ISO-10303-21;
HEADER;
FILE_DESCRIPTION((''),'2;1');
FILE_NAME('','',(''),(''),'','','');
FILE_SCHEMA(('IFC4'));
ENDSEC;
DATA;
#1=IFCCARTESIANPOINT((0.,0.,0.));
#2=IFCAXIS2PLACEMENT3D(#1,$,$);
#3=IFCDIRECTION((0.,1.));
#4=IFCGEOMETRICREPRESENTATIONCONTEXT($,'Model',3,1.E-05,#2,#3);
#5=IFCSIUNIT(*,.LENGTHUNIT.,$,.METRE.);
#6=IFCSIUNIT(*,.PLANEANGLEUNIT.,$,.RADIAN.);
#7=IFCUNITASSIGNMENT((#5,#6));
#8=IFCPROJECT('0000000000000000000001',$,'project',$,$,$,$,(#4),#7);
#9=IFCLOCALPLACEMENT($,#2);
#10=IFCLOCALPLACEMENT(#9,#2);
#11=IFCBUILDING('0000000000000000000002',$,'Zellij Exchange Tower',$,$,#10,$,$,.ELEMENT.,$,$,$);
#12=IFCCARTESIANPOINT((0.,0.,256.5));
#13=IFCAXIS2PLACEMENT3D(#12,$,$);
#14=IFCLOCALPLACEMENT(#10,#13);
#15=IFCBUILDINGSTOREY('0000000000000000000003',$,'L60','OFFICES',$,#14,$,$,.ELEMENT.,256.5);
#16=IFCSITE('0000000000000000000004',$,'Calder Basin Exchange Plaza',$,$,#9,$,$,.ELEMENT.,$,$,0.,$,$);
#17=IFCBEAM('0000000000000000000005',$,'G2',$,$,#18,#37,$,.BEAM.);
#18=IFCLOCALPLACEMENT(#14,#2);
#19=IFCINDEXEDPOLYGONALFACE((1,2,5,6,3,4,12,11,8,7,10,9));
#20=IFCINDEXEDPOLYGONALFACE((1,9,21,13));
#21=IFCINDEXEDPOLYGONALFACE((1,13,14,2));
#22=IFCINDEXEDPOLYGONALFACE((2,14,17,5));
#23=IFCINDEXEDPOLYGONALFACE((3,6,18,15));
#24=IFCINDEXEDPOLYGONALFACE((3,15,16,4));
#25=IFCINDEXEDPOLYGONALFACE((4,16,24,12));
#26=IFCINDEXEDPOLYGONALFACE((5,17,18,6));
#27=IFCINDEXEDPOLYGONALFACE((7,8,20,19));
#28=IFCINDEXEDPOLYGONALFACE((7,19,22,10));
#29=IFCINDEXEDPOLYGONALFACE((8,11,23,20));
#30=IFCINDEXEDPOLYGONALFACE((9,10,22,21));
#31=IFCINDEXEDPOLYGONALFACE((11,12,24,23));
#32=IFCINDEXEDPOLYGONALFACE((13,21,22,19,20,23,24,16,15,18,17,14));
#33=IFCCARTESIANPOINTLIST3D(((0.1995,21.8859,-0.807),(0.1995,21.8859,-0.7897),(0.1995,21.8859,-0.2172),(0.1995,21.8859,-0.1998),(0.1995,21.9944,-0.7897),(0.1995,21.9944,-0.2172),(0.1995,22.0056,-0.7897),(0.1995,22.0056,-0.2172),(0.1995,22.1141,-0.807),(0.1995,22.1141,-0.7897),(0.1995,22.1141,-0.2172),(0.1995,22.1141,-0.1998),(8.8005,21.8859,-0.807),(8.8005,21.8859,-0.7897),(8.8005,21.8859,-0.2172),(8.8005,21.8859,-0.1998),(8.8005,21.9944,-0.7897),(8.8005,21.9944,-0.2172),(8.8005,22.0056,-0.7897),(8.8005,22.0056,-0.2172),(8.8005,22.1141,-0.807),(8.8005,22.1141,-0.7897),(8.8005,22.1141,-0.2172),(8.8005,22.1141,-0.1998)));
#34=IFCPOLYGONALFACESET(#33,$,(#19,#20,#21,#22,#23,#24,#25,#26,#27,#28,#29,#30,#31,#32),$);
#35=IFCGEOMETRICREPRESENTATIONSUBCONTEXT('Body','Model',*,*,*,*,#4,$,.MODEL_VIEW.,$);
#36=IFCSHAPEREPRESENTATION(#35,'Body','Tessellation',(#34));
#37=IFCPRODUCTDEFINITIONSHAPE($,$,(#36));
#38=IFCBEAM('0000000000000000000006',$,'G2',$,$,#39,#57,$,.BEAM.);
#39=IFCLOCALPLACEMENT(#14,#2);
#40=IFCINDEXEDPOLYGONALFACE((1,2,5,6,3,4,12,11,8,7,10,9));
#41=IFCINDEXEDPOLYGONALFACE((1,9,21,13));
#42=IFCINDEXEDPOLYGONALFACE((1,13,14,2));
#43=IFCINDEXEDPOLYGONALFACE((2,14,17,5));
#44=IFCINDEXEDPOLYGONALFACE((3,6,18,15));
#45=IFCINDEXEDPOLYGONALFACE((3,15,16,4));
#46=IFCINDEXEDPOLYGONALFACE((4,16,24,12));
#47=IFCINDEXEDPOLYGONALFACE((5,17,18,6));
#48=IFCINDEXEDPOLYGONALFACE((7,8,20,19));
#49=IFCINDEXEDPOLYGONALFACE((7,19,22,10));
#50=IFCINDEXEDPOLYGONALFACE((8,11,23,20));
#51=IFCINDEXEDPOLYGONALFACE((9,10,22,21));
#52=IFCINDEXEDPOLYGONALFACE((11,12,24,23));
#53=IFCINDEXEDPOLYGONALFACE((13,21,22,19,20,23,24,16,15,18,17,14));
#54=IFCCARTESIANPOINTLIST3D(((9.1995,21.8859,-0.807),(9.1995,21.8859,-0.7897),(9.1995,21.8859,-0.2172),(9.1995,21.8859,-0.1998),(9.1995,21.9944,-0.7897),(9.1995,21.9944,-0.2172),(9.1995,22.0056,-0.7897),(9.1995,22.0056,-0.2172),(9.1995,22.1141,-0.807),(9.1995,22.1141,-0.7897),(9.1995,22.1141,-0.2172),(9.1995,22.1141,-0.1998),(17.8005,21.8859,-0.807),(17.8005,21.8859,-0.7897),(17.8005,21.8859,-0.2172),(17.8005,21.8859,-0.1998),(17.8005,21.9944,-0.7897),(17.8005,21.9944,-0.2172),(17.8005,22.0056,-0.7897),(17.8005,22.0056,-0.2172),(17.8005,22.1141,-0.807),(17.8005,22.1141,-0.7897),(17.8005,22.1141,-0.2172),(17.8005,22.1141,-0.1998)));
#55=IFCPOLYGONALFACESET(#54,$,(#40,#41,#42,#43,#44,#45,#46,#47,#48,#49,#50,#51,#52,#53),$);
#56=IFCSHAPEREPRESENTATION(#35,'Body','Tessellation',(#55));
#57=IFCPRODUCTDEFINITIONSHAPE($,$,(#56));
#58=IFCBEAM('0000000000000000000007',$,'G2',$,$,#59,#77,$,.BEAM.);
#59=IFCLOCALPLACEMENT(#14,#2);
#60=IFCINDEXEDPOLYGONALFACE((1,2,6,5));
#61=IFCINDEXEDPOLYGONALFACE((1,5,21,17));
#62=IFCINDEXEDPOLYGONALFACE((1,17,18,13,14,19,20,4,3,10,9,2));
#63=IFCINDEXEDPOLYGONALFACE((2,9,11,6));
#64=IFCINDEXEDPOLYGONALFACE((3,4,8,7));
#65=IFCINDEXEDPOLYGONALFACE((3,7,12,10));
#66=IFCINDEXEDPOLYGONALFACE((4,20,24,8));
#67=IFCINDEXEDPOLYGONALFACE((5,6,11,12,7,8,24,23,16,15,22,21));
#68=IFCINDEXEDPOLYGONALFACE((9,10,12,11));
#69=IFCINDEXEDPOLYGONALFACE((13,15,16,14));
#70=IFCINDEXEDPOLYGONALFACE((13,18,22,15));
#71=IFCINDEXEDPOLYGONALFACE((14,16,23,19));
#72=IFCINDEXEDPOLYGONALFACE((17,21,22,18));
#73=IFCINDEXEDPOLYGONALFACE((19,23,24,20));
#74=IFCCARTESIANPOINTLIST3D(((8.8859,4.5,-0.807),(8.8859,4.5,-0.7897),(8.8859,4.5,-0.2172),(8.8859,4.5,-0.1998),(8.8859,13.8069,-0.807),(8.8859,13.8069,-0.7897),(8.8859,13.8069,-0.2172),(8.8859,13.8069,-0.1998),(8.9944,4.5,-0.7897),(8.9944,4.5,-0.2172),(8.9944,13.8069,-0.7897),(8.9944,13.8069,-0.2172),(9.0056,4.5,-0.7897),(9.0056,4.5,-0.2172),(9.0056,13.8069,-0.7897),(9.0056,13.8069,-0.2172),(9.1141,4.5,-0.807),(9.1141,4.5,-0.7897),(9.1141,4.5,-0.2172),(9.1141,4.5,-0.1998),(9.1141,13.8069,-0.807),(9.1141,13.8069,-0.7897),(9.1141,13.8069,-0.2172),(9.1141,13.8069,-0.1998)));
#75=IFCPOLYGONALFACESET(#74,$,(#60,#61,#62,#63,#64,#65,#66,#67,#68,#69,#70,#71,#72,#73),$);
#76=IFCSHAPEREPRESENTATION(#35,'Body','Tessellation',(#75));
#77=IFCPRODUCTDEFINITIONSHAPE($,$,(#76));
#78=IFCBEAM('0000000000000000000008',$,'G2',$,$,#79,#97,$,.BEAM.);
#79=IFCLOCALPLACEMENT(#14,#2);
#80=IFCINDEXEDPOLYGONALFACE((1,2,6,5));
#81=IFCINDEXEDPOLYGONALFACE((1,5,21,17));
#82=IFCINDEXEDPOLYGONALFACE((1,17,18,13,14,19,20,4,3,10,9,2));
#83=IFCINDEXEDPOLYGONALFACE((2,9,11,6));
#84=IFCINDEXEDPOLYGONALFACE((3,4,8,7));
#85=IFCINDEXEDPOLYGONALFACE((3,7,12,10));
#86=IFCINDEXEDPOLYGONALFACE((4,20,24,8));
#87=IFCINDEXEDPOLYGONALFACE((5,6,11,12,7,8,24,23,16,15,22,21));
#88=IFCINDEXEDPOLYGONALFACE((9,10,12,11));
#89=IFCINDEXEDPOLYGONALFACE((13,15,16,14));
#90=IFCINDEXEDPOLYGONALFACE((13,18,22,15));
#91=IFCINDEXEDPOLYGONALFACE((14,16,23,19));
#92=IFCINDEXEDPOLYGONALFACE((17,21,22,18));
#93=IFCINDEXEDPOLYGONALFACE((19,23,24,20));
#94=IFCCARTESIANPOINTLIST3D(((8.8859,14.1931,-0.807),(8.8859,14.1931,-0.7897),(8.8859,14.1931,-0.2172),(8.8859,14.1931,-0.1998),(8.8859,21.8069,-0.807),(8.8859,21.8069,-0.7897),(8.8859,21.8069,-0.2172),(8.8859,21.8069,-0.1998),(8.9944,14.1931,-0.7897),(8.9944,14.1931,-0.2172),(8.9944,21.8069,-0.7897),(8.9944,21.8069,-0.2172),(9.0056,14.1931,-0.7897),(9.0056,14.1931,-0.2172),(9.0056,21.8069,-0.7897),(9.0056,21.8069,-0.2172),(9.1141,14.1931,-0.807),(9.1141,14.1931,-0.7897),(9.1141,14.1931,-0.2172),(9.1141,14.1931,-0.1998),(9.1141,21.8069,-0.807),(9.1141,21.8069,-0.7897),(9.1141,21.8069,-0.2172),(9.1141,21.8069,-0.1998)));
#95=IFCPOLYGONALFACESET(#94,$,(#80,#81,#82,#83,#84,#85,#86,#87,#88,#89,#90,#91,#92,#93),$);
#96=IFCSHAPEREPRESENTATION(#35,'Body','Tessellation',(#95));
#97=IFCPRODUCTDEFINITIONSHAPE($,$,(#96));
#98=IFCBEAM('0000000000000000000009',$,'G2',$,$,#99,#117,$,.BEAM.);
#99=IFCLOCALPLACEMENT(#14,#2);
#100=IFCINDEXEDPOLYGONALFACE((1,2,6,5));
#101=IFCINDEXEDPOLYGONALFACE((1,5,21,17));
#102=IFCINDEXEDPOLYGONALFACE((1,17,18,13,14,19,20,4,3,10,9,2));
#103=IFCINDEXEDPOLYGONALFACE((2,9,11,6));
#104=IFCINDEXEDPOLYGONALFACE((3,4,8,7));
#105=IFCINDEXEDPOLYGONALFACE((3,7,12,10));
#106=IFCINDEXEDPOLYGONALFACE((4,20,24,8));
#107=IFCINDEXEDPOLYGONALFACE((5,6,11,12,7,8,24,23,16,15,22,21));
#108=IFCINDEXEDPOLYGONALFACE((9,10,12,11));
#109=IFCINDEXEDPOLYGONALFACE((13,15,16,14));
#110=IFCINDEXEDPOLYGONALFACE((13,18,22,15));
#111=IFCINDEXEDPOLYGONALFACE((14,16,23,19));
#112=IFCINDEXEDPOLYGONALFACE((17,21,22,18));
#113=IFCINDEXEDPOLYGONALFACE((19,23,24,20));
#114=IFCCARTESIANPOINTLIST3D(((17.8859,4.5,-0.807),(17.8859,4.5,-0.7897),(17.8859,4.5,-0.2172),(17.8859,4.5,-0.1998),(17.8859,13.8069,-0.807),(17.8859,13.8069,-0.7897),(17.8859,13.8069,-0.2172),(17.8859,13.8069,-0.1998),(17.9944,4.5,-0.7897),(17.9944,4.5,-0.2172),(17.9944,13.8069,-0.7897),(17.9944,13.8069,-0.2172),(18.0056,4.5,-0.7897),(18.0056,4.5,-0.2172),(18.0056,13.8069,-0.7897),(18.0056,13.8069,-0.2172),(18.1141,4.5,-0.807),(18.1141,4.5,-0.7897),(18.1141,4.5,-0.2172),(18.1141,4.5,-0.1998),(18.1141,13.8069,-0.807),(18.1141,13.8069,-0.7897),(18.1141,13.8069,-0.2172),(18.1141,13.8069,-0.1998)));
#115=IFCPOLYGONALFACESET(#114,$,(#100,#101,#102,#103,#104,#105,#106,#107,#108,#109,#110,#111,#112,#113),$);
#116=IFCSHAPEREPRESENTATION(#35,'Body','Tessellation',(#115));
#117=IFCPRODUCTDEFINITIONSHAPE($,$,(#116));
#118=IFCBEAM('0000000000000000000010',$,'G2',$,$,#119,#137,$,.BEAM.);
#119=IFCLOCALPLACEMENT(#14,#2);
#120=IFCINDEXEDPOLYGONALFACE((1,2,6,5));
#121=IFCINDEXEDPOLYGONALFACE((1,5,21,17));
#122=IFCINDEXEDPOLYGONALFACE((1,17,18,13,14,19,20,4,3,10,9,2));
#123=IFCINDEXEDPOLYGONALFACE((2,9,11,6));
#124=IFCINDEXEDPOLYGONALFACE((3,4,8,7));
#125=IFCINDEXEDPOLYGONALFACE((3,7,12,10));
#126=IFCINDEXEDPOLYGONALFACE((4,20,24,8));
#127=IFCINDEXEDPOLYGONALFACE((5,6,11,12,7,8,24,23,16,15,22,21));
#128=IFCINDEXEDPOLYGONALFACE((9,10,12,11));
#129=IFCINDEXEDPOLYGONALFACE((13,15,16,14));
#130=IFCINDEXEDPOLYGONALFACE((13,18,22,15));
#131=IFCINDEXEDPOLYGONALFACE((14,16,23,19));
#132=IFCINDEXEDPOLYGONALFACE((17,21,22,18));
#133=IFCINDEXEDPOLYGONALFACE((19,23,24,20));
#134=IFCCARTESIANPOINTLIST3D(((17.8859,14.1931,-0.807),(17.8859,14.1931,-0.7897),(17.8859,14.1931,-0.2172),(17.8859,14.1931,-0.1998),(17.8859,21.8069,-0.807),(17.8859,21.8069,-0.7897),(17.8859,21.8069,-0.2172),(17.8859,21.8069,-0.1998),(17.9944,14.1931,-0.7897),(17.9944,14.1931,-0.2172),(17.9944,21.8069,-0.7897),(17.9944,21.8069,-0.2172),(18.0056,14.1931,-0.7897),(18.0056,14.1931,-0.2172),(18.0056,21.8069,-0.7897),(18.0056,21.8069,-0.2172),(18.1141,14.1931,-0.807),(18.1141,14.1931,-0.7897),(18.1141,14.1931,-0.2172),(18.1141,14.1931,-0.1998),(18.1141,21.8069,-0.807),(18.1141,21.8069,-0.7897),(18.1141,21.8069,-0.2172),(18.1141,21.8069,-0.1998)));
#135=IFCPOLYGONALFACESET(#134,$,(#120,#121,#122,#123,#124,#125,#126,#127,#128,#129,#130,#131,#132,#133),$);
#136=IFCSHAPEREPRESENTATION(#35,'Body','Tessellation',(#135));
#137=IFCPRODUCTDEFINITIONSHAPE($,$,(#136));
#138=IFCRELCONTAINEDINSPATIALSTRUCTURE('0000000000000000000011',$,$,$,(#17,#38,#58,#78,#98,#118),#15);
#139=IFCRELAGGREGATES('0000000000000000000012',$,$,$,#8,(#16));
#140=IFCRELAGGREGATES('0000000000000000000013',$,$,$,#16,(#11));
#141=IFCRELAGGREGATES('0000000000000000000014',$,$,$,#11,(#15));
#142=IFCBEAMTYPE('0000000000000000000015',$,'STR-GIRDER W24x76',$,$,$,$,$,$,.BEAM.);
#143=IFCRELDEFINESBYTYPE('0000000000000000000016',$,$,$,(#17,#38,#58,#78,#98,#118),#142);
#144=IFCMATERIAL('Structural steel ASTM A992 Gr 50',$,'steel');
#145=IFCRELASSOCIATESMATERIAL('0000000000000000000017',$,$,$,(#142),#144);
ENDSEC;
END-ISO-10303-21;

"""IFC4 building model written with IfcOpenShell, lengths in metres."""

from ifc_helpers import new_model, si_unit, direction, frame, origin, origin_2d, place, context, subcontext, project, spatial, i_section, extrude, material, material_profile, profile_set, type_object, element, save


model = new_model("IFC4")

# Units and contexts
model_context = context("Model", 3, precision=1e-05, world=origin(), true_north=direction((0.0, 1.0)))
body_context = subcontext(model_context, "Body", "Model", "MODEL_VIEW")
ifc_project = project(units=[si_unit("LENGTHUNIT", "METRE"), si_unit("PLANEANGLEUNIT", "RADIAN")], contexts=[model_context])

# Site, building, storey
site_placement = place(None, origin())
site = spatial("IfcSite", under=ifc_project, at=site_placement, Name="Calder Basin Exchange Plaza", CompositionType="ELEMENT", RefElevation=0.0)
building_placement = place(site_placement, origin())
building = spatial("IfcBuilding", under=site, at=building_placement, Name="Zellij Exchange Tower", CompositionType="ELEMENT")
storey_placement = place(building_placement, frame((0.0, 0.0, 256.5)))
storey = spatial("IfcBuildingStorey", under=building, at=storey_placement, Name="L60", Description="OFFICES", CompositionType="ELEMENT", Elevation=256.5)

# Shared definitions
ifc_material_1 = material(Name="Structural steel ASTM A992 Gr 50", Category="steel")

# Beams
ifc_material_profile_1 = material_profile(ifc_material_1, i_section(OverallWidth=0.2283, OverallDepth=0.6072, WebThickness=0.0112, FlangeThickness=0.0173, at=origin_2d()), Name="W24x76")
ifc_profile_set_1 = profile_set([ifc_material_profile_1], Name="Structural steel ASTM A992 Gr 50")
beam_type = type_object("IfcBeamType", Name="STR-GIRDER W24x76", PredefinedType="BEAM", material=ifc_profile_set_1)
for number, where, z_axis, x_axis, name in (
    (1, (0.1995, 22.0, -0.5034), (1.0, 0.0, 0.0), (0.0, 1.0, 0.0), "G2"),
    (2, (9.1995, 22.0, -0.5034), (1.0, 0.0, 0.0), (0.0, 1.0, 0.0), "G2"),
):
    element("IfcBeam", number, at=place(storey_placement, frame(where, z_axis=z_axis, x_axis=x_axis)), inside=storey, type_object=beam_type, Name=name, PredefinedType="BEAM", context=body_context, shape_type="SweptSolid", body=[
        extrude(i_section(OverallWidth=0.2283, OverallDepth=0.6072, WebThickness=0.0112, FlangeThickness=0.0173, at=origin_2d()), origin(), (0.0, 0.0, 1.0), 8.6011),
    ])
beam_1_placement = place(storey_placement, frame((9.0, 4.5, -0.5034), z_axis=(0.0, 1.0, 0.0), x_axis=(-1.0, 0.0, 0.0)))
element("IfcBeam", 3, at=beam_1_placement, inside=storey, type_object=beam_type, Name="G2", PredefinedType="BEAM", context=body_context, shape_type="SweptSolid", body=[
    extrude(i_section(OverallWidth=0.2283, OverallDepth=0.6072, WebThickness=0.0112, FlangeThickness=0.0173, at=origin_2d()), origin(), (0.0, 0.0, 1.0), 9.3069),
])
beam_2_placement = place(storey_placement, frame((9.0, 14.1931, -0.5034), z_axis=(0.0, 1.0, 0.0), x_axis=(-1.0, 0.0, 0.0)))
element("IfcBeam", 4, at=beam_2_placement, inside=storey, type_object=beam_type, Name="G2", PredefinedType="BEAM", context=body_context, shape_type="SweptSolid", body=[
    extrude(i_section(OverallWidth=0.2283, OverallDepth=0.6072, WebThickness=0.0112, FlangeThickness=0.0173, at=origin_2d()), origin(), (0.0, 0.0, 1.0), 7.6138),
])
beam_3_placement = place(storey_placement, frame((18.0, 4.5, -0.5034), z_axis=(0.0, 1.0, 0.0), x_axis=(-1.0, 0.0, 0.0)))
element("IfcBeam", 5, at=beam_3_placement, inside=storey, type_object=beam_type, Name="G2", PredefinedType="BEAM", context=body_context, shape_type="SweptSolid", body=[
    extrude(i_section(OverallWidth=0.2283, OverallDepth=0.6072, WebThickness=0.0112, FlangeThickness=0.0173, at=origin_2d()), origin(), (0.0, 0.0, 1.0), 9.3069),
])
beam_4_placement = place(storey_placement, frame((18.0, 14.1931, -0.5034), z_axis=(0.0, 1.0, 0.0), x_axis=(-1.0, 0.0, 0.0)))
element("IfcBeam", 6, at=beam_4_placement, inside=storey, type_object=beam_type, Name="G2", PredefinedType="BEAM", context=body_context, shape_type="SweptSolid", body=[
    extrude(i_section(OverallWidth=0.2283, OverallDepth=0.6072, WebThickness=0.0112, FlangeThickness=0.0173, at=origin_2d()), origin(), (0.0, 0.0, 1.0), 7.6138),
])

save(model, "model.ifc")
